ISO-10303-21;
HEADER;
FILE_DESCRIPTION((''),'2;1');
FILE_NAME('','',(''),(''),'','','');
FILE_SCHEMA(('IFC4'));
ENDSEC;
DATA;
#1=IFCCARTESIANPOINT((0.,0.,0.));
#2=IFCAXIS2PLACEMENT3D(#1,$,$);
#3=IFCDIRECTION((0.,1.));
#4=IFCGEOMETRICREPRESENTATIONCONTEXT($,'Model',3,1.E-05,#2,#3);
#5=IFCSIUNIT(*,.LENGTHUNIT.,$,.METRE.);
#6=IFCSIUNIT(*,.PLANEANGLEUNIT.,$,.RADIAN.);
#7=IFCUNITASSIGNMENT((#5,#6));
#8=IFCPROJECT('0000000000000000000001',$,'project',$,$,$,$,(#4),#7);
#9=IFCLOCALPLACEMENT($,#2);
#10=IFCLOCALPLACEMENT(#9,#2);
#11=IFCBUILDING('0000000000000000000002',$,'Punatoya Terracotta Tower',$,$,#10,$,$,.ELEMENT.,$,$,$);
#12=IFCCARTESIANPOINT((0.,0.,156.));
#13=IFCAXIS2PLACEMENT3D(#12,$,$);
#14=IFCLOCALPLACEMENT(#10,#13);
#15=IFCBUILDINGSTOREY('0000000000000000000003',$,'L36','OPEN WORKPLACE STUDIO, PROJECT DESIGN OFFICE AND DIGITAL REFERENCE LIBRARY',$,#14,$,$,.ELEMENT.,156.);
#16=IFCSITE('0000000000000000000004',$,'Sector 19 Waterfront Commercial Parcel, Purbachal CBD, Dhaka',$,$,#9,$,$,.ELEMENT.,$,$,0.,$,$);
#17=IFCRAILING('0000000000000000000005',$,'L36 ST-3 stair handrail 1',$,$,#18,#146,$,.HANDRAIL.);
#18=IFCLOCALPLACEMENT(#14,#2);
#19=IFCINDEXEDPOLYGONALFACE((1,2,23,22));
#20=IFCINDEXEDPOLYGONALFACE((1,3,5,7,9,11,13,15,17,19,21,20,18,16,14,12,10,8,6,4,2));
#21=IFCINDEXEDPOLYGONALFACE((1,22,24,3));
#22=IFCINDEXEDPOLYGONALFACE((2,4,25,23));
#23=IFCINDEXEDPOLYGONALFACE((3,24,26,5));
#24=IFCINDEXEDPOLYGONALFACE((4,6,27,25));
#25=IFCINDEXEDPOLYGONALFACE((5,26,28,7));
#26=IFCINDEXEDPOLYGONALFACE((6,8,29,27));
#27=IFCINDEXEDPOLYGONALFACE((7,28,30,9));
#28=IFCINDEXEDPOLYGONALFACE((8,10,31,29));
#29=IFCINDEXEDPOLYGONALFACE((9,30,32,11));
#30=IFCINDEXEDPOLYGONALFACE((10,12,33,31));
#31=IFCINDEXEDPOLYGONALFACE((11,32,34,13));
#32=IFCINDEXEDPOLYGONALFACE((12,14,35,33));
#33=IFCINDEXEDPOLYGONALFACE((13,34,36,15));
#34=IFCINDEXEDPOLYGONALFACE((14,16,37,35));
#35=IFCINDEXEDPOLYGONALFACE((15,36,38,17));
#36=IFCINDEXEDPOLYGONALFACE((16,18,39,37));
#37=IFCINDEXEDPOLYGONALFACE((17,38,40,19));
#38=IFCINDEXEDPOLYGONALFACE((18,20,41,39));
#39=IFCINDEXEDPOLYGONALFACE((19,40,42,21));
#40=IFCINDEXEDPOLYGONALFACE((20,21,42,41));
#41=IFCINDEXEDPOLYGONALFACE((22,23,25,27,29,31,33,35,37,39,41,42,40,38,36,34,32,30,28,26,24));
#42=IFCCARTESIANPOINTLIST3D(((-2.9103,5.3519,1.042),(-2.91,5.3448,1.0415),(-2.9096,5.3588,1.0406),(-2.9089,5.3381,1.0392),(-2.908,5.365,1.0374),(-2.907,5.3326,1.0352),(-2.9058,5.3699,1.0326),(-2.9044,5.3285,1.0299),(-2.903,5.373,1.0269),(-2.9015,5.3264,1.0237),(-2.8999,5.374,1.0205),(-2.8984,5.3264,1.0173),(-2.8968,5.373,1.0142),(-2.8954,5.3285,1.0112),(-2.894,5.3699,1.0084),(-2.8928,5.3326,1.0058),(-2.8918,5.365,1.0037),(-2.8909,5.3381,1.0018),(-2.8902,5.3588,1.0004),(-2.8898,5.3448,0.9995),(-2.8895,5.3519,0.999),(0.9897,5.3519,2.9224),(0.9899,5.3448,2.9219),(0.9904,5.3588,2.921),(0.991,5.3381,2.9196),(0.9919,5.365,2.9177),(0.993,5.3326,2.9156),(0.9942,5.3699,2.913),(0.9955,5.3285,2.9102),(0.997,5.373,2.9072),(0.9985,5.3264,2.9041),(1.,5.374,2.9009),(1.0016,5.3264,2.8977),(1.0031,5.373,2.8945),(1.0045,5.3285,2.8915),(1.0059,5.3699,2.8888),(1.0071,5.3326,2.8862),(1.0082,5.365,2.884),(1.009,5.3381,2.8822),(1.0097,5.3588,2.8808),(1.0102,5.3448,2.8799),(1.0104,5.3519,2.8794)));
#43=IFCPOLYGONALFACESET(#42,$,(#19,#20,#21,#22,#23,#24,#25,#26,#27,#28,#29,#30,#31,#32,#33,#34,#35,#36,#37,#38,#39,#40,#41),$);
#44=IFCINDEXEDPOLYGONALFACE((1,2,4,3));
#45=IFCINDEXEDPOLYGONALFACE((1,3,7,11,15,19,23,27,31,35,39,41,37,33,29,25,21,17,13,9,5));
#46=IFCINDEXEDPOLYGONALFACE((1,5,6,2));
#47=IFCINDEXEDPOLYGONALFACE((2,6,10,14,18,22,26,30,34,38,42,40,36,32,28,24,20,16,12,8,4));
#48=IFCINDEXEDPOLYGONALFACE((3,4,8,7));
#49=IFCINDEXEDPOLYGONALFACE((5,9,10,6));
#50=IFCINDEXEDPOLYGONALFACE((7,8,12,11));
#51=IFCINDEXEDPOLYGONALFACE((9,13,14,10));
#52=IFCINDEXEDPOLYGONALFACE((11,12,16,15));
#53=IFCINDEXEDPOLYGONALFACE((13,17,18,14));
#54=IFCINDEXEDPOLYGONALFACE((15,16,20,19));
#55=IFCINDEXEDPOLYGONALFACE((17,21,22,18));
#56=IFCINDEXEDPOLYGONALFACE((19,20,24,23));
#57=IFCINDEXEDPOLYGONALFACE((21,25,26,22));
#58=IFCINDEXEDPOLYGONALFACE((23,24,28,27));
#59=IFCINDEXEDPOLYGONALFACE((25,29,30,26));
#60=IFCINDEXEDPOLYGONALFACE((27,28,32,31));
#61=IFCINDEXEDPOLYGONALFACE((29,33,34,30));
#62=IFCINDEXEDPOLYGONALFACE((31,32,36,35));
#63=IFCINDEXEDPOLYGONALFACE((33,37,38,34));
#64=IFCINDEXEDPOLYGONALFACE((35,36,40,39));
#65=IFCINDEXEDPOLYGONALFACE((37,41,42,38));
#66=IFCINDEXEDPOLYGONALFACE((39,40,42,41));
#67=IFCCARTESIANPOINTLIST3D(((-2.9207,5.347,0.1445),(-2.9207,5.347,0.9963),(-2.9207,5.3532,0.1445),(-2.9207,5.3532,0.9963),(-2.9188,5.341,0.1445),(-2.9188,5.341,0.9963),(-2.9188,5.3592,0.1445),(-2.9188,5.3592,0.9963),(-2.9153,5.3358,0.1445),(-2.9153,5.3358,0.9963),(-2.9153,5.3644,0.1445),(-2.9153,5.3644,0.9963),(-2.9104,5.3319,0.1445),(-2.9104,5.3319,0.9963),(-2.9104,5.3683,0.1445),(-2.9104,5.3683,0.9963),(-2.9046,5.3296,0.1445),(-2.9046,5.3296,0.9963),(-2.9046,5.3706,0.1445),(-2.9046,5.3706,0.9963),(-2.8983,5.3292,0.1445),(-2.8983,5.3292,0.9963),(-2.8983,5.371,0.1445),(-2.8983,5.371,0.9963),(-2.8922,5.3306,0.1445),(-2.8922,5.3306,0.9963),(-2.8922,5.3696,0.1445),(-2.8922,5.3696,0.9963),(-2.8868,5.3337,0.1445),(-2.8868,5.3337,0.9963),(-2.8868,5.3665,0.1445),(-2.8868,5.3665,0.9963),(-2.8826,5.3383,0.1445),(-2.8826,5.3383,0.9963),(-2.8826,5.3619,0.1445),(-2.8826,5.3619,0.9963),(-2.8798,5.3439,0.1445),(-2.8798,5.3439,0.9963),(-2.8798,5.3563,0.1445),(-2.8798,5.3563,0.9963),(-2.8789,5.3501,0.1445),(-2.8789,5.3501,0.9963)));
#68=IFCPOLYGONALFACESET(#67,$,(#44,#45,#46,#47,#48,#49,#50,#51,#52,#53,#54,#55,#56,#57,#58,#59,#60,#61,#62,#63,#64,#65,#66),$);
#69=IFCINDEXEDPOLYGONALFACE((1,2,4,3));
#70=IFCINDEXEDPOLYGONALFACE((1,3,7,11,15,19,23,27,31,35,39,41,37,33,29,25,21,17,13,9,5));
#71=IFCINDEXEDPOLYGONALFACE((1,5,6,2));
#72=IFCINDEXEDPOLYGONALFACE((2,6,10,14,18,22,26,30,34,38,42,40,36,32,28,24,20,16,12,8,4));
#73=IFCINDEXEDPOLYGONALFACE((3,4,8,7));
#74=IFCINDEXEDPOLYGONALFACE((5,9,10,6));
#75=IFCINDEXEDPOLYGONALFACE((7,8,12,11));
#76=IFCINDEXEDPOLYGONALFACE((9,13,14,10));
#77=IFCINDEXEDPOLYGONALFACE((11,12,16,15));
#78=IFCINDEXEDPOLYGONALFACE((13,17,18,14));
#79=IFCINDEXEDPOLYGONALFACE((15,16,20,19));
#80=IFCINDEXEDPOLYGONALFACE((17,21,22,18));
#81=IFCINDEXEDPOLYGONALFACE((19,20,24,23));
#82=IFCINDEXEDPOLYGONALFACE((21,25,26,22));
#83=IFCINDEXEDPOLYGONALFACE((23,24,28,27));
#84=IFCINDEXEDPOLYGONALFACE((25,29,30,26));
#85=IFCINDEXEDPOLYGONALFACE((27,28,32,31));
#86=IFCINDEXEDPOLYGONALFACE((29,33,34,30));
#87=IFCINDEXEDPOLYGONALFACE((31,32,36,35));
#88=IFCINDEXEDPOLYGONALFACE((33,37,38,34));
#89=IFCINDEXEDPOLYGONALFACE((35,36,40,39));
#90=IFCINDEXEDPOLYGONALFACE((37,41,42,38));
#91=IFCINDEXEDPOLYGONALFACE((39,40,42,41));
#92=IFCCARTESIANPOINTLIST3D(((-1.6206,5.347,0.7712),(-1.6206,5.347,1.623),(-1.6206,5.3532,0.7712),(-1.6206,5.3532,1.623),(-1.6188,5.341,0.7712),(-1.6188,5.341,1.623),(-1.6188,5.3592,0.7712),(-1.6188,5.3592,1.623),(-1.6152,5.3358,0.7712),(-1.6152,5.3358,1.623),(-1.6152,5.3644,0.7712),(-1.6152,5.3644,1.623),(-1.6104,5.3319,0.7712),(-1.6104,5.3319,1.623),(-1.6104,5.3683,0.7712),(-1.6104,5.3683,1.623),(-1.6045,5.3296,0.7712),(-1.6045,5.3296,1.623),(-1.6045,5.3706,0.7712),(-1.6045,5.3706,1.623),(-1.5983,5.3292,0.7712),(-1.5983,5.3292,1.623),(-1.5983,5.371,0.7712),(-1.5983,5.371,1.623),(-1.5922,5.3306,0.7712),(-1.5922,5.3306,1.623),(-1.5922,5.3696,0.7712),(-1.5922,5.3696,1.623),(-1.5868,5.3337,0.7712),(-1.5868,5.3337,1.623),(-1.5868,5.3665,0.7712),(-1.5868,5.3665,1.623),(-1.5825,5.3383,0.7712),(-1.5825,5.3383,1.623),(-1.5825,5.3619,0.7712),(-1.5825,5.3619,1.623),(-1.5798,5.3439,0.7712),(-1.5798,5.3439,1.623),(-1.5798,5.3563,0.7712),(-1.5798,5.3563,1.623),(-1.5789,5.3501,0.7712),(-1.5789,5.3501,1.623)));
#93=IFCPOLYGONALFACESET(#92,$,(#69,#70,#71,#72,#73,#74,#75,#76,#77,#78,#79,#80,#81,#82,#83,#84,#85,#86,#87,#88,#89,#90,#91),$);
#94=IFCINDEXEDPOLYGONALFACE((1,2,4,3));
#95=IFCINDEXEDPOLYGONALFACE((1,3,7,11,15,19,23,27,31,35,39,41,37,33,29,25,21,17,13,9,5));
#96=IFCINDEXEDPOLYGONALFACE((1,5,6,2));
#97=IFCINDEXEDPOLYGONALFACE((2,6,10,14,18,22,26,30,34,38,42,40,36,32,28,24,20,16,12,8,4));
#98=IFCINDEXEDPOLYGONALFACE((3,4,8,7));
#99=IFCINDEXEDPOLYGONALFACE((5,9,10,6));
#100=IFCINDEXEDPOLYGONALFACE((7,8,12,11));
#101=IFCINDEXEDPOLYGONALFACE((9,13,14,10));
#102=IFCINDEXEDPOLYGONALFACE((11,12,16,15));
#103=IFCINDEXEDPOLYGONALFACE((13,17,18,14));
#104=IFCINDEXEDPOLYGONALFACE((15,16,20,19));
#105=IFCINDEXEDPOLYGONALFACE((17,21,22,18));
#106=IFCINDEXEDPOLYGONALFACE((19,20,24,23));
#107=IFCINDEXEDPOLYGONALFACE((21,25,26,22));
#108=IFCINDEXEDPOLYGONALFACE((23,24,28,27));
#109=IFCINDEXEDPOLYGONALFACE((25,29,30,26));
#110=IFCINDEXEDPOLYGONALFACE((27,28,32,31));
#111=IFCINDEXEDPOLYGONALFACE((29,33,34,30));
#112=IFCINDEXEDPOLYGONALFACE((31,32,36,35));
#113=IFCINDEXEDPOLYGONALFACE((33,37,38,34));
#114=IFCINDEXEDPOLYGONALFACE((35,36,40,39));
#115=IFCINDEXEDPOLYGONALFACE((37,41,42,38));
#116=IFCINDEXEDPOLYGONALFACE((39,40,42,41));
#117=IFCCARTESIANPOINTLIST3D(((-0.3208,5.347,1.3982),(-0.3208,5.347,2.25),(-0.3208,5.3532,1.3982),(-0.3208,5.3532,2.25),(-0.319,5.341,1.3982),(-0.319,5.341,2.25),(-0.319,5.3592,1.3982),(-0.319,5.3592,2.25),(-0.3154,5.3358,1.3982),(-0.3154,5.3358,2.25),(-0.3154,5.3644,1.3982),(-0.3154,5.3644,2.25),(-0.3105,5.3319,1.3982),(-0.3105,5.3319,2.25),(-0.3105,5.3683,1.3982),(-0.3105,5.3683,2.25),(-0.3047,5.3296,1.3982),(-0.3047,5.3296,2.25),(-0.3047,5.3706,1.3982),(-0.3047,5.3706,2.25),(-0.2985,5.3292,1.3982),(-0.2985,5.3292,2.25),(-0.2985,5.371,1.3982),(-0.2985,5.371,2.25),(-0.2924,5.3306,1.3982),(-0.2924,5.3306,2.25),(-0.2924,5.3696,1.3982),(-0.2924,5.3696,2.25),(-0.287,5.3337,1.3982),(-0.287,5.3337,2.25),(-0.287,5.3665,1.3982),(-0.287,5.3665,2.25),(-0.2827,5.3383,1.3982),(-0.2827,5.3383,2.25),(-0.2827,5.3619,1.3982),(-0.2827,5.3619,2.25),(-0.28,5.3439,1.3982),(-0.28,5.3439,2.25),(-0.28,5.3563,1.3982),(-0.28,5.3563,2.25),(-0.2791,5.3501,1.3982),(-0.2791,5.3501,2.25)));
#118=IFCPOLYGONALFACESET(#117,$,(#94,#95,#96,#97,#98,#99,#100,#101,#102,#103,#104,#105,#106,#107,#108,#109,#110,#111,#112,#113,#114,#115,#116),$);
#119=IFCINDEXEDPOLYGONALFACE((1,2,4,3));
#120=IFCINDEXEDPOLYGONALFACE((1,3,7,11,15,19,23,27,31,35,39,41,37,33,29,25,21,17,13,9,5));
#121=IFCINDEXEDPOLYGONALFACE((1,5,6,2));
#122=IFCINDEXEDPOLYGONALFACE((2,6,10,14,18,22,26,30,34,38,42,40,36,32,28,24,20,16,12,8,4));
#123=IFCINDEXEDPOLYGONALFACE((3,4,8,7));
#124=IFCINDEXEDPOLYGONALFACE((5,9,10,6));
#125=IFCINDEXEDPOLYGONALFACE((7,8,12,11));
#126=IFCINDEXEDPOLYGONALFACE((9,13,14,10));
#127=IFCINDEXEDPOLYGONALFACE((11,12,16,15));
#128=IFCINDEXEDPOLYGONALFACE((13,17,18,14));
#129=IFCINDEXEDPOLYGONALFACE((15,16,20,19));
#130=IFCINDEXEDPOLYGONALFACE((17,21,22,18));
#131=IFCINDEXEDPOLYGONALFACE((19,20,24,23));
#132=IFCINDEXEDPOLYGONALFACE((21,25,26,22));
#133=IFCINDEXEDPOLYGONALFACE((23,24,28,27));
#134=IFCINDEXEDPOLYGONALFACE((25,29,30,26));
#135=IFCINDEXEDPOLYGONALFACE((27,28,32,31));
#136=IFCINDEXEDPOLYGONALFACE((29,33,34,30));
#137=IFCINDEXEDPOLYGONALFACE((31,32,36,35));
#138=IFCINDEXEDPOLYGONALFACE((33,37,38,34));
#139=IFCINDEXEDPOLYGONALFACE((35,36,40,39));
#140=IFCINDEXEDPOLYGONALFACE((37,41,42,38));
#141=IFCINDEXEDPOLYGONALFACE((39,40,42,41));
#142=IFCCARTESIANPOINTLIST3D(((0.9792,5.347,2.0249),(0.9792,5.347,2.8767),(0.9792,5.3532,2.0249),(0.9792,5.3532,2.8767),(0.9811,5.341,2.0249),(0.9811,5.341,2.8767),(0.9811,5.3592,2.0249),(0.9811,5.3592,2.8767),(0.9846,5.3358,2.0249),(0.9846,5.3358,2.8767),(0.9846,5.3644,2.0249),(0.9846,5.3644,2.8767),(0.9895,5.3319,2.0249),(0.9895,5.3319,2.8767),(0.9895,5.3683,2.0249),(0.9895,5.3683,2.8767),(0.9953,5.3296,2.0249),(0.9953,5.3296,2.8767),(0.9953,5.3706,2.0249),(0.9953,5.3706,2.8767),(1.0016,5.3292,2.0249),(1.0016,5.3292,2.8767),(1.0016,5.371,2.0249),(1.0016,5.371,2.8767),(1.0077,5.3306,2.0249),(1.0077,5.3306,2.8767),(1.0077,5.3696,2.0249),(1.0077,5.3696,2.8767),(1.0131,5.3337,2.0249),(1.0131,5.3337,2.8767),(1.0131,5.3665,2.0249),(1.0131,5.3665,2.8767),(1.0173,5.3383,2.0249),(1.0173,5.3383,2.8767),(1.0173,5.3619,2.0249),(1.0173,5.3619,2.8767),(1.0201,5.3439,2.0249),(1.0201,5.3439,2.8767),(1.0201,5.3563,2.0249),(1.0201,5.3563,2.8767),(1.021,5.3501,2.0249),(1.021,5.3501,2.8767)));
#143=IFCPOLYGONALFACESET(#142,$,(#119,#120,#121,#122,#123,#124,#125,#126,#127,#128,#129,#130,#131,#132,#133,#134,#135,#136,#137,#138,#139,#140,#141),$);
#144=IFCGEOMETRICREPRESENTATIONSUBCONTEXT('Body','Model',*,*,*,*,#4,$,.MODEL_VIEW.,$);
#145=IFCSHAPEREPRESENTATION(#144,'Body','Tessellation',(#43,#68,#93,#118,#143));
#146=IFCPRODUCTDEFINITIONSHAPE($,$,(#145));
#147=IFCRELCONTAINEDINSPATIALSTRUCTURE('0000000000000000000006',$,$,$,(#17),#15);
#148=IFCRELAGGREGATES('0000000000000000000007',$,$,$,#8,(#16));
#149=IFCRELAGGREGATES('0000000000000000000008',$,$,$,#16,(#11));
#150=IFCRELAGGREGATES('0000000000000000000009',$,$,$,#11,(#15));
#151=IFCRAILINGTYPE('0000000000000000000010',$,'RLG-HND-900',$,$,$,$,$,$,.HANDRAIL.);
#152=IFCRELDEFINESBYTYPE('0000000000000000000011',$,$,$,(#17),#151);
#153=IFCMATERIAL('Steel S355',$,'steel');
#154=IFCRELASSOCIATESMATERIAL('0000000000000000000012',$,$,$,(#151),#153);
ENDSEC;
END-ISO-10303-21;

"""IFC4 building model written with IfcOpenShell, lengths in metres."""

from ifc_helpers import new_model, si_unit, direction, frame, origin, origin_2d, place, context, subcontext, project, spatial, circle, extrude, material, type_object, element, save


model = new_model("IFC4")

# Units and contexts
model_context = context("Model", 3, precision=1e-05, world=origin(), true_north=direction((0.0, 1.0)))
body_context = subcontext(model_context, "Body", "Model", "MODEL_VIEW")
ifc_project = project(units=[si_unit("LENGTHUNIT", "METRE"), si_unit("PLANEANGLEUNIT", "RADIAN")], contexts=[model_context])

# Site, building, storey
site_placement = place(None, origin())
site = spatial("IfcSite", under=ifc_project, at=site_placement, Name="Sector 19 Waterfront Commercial Parcel, Purbachal CBD, Dhaka", CompositionType="ELEMENT", RefElevation=0.0)
building_placement = place(site_placement, origin())
building = spatial("IfcBuilding", under=site, at=building_placement, Name="Punatoya Terracotta Tower", CompositionType="ELEMENT")
storey_placement = place(building_placement, frame((0.0, 0.0, 156.0)))
storey = spatial("IfcBuildingStorey", under=building, at=storey_placement, Name="L36", Description="OPEN WORKPLACE STUDIO, PROJECT DESIGN OFFICE AND DIGITAL REFERENCE LIBRARY", CompositionType="ELEMENT", Elevation=156.0)

# Shared definitions
ifc_material_1 = material(Name="Steel S355", Category="steel")

# Railing
railing_type_1 = type_object("IfcRailingType", Name="RLG-HND-900", PredefinedType="HANDRAIL", material=ifc_material_1)
railing_1_placement = place(storey_placement, frame((-2.8999, 5.3501, 0.1445)))
element("IfcRailing", 1, at=railing_1_placement, inside=storey, type_object=railing_type_1, Name="L36 ST-3 stair handrail 1", PredefinedType="HANDRAIL", context=body_context, shape_type="SweptSolid", body=[
    extrude(circle(Radius=0.0239, at=origin_2d()), frame((0.0, 0.0, 0.876), z_axis=(0.900763, 0.0, 0.434311), x_axis=(0.0, 1.0, 0.0)), (0.0, 0.0, 1.0), 4.3296),
    extrude(circle(Radius=0.021, at=origin_2d()), origin(), (0.0, 0.0, 1.0), 0.8518),
    extrude(circle(Radius=0.021, at=origin_2d()), frame((1.3, 0.0, 0.6267)), (0.0, 0.0, 1.0), 0.8518),
    extrude(circle(Radius=0.021, at=origin_2d()), frame((2.5999, 0.0, 1.2537)), (0.0, 0.0, 1.0), 0.8518),
    extrude(circle(Radius=0.021, at=origin_2d()), frame((3.8999, 0.0, 1.8804)), (0.0, 0.0, 1.0), 0.8518),
])

save(model, "model.ifc")
